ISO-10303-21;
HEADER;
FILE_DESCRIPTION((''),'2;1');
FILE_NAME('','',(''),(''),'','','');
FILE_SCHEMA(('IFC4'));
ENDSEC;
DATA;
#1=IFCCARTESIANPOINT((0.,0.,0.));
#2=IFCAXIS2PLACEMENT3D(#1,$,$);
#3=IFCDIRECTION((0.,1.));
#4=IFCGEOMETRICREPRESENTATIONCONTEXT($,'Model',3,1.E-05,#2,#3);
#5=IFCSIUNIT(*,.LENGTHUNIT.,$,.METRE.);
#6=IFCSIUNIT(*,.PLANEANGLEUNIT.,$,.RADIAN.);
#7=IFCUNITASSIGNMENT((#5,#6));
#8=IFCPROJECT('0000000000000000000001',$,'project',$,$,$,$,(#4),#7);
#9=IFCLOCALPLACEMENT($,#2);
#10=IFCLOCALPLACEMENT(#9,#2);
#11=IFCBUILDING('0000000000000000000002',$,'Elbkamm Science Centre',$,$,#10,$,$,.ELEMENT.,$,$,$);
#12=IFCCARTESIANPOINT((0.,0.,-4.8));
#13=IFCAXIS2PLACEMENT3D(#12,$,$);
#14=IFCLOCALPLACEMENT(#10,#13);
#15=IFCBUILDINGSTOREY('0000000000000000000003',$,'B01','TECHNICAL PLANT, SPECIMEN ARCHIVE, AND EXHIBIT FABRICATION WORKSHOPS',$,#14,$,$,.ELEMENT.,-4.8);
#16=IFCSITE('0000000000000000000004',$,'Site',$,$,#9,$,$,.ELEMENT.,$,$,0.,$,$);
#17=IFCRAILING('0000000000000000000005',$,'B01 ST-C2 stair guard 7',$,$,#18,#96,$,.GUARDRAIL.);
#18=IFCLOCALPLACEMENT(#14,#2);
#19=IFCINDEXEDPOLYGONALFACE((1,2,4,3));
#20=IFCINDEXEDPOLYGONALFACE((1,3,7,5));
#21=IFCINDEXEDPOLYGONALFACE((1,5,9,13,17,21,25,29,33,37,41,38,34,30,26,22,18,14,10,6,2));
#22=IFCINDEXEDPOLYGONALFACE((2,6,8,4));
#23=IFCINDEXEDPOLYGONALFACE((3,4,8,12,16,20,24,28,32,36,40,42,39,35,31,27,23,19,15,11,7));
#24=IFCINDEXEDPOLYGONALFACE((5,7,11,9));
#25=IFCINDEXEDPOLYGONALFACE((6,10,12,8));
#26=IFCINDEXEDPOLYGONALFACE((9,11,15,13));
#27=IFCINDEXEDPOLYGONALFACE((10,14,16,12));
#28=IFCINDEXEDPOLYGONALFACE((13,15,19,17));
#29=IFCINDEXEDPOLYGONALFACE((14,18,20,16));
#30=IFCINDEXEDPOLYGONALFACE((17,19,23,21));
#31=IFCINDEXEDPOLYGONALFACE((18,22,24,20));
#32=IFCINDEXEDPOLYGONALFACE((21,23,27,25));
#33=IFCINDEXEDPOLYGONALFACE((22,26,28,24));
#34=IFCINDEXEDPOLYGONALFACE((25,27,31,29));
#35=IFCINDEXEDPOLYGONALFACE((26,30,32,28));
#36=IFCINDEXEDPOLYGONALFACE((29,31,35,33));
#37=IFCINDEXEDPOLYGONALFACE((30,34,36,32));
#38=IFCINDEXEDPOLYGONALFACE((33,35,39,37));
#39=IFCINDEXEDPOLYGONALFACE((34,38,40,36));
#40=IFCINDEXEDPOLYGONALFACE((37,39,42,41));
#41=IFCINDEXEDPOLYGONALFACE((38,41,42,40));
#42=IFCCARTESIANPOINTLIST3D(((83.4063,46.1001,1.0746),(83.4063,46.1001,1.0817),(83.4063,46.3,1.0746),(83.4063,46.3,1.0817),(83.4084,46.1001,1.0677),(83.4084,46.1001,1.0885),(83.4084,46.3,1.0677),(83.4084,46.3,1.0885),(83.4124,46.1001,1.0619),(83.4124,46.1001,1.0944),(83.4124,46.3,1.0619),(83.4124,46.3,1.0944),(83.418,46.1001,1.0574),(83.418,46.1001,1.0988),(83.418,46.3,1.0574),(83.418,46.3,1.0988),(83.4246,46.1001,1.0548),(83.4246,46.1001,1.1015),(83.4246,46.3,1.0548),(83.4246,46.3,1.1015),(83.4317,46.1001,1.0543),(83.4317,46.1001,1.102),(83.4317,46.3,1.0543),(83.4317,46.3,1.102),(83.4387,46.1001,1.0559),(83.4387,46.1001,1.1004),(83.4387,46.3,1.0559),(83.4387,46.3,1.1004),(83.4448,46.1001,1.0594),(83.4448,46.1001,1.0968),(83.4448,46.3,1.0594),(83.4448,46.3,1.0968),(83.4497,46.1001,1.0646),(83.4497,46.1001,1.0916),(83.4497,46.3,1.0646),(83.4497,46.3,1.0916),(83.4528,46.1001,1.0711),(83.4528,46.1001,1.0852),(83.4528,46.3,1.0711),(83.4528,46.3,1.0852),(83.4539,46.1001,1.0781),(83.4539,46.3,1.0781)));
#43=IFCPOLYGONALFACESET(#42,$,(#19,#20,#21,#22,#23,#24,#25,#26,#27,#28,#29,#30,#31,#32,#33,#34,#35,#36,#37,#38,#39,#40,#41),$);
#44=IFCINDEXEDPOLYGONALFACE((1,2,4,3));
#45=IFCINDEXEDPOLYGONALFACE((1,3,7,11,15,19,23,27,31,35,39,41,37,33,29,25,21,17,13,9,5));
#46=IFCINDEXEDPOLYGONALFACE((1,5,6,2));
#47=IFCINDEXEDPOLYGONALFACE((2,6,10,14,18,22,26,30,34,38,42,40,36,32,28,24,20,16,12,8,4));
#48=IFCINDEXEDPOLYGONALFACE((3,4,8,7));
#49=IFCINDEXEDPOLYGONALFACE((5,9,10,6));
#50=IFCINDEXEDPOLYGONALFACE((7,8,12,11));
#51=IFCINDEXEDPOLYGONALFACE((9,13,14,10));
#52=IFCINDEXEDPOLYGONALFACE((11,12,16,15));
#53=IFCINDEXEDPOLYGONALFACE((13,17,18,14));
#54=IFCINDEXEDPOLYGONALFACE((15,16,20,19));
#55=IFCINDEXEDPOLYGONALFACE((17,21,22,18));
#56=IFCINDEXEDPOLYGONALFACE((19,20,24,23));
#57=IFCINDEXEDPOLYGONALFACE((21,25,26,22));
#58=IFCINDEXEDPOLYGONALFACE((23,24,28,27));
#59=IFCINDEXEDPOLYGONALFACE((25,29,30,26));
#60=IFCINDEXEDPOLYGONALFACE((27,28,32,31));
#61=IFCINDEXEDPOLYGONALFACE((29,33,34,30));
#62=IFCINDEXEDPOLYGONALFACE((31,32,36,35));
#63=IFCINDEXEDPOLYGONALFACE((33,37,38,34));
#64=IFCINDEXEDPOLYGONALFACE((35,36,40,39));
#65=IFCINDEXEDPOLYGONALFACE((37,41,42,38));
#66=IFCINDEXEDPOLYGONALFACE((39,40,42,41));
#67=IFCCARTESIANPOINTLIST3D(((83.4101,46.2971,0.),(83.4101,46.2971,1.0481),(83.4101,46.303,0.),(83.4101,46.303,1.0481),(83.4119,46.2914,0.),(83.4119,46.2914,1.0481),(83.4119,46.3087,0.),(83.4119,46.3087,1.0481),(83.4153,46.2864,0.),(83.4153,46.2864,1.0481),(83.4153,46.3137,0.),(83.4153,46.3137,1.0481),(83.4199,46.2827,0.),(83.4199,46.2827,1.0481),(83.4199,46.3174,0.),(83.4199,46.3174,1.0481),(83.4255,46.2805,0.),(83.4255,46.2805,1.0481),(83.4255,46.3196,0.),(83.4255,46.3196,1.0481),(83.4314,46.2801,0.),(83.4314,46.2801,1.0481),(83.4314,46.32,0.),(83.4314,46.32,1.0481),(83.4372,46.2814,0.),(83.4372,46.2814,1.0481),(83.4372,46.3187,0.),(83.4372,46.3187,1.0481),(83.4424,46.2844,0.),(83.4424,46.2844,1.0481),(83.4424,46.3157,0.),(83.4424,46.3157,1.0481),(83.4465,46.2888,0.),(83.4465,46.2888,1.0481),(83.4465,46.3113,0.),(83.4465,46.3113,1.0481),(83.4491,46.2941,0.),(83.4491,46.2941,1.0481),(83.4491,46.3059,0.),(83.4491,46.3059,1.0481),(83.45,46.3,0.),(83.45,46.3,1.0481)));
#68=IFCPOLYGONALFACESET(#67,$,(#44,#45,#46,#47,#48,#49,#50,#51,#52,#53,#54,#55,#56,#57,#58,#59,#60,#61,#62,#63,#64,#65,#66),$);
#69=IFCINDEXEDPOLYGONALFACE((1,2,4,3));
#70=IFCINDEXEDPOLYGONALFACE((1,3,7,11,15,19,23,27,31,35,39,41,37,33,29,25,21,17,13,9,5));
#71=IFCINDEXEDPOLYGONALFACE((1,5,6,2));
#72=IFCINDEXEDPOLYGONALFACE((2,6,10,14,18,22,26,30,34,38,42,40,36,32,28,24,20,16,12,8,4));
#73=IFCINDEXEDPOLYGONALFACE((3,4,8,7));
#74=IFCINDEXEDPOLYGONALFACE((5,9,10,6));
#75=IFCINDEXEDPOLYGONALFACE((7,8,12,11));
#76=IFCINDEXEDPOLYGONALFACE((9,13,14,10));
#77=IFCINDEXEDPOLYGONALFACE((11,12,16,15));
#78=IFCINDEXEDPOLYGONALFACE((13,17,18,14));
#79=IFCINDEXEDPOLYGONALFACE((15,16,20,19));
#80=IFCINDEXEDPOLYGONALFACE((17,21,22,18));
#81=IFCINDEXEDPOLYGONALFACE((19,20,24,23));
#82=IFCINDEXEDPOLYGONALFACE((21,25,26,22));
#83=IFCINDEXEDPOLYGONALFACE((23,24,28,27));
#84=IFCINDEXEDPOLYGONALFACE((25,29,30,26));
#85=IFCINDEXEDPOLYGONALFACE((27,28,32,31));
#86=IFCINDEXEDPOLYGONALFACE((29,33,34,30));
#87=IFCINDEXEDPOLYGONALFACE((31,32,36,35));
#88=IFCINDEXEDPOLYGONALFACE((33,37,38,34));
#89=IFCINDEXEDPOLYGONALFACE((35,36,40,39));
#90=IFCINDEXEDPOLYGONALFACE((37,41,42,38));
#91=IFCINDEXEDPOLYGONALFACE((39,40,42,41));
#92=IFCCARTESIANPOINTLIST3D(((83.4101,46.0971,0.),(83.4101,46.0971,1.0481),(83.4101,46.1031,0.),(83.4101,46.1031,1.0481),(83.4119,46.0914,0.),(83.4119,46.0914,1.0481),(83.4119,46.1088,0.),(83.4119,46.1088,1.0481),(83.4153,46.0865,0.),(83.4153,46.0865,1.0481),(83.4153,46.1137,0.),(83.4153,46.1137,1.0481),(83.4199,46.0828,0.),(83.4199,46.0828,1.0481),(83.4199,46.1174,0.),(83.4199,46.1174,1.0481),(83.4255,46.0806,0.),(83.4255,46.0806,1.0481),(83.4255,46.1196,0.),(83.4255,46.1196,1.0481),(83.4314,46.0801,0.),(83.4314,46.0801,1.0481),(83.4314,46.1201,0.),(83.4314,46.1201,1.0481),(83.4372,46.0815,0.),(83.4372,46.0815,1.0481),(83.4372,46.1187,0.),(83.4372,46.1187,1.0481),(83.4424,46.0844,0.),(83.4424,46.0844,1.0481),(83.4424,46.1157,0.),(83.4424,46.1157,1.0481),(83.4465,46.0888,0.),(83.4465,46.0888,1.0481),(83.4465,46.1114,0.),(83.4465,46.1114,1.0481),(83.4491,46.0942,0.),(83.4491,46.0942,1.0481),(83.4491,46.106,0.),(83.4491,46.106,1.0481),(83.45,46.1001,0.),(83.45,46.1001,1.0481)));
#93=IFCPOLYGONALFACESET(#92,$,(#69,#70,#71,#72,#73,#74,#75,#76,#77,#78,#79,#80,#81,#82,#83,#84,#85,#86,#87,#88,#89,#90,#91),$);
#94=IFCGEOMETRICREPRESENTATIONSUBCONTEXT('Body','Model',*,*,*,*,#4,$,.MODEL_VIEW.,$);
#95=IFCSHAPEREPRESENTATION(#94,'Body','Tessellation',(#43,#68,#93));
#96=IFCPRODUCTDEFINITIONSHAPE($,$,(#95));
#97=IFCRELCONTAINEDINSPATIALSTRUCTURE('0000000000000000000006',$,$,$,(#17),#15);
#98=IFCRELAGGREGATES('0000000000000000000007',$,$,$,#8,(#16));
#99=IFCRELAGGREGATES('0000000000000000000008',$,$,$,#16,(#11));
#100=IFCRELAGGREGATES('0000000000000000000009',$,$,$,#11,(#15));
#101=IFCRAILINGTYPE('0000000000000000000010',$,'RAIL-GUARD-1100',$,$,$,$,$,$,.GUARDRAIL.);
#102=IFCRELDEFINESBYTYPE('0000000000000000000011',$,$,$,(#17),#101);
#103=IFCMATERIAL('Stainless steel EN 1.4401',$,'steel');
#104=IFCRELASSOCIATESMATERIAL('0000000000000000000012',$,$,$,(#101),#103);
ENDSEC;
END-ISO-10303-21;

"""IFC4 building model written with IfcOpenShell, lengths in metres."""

from ifc_helpers import new_model, si_unit, direction, frame, origin, origin_2d, place, context, subcontext, project, spatial, circle, extrude, material, type_object, element, save


model = new_model("IFC4")

# Units and contexts
model_context = context("Model", 3, precision=1e-05, world=origin(), true_north=direction((0.0, 1.0)))
body_context = subcontext(model_context, "Body", "Model", "MODEL_VIEW")
ifc_project = project(units=[si_unit("LENGTHUNIT", "METRE"), si_unit("PLANEANGLEUNIT", "RADIAN")], contexts=[model_context])

# Site, building, storey
site_placement = place(None, origin())
site = spatial("IfcSite", under=ifc_project, at=site_placement, Name="Site", CompositionType="ELEMENT", RefElevation=0.0)
building_placement = place(site_placement, origin())
building = spatial("IfcBuilding", under=site, at=building_placement, Name="Elbkamm Science Centre", CompositionType="ELEMENT")
storey_placement = place(building_placement, frame((0.0, 0.0, -4.8)))
storey = spatial("IfcBuildingStorey", under=building, at=storey_placement, Name="B01", Description="TECHNICAL PLANT, SPECIMEN ARCHIVE, AND EXHIBIT FABRICATION WORKSHOPS", CompositionType="ELEMENT", Elevation=-4.8)

# Railing
ifc_material_1 = material(Name="Stainless steel EN 1.4401", Category="steel")
railing_type_1 = type_object("IfcRailingType", Name="RAIL-GUARD-1100", PredefinedType="GUARDRAIL", material=ifc_material_1)
railing_1_placement = place(storey_placement, frame((83.4299, 46.3, 0.0)))
element("IfcRailing", 1, at=railing_1_placement, inside=storey, type_object=railing_type_1, Name="B01 ST-C2 stair guard 7", PredefinedType="GUARDRAIL", context=body_context, shape_type="SweptSolid", body=[
    extrude(circle(Radius=0.0239, at=origin_2d()), frame((0.0, 0.0, 1.0781), z_axis=(0.0, -1.0, 0.0), x_axis=(1.0, 0.0, 0.0)), (0.0, 0.0, 1.0), 0.2),
    extrude(circle(Radius=0.02, at=origin_2d()), origin(), (0.0, 0.0, 1.0), 1.0481),
    extrude(circle(Radius=0.02, at=origin_2d()), frame((0.0, -0.2, 0.0)), (0.0, 0.0, 1.0), 1.0481),
])

save(model, "model.ifc")
